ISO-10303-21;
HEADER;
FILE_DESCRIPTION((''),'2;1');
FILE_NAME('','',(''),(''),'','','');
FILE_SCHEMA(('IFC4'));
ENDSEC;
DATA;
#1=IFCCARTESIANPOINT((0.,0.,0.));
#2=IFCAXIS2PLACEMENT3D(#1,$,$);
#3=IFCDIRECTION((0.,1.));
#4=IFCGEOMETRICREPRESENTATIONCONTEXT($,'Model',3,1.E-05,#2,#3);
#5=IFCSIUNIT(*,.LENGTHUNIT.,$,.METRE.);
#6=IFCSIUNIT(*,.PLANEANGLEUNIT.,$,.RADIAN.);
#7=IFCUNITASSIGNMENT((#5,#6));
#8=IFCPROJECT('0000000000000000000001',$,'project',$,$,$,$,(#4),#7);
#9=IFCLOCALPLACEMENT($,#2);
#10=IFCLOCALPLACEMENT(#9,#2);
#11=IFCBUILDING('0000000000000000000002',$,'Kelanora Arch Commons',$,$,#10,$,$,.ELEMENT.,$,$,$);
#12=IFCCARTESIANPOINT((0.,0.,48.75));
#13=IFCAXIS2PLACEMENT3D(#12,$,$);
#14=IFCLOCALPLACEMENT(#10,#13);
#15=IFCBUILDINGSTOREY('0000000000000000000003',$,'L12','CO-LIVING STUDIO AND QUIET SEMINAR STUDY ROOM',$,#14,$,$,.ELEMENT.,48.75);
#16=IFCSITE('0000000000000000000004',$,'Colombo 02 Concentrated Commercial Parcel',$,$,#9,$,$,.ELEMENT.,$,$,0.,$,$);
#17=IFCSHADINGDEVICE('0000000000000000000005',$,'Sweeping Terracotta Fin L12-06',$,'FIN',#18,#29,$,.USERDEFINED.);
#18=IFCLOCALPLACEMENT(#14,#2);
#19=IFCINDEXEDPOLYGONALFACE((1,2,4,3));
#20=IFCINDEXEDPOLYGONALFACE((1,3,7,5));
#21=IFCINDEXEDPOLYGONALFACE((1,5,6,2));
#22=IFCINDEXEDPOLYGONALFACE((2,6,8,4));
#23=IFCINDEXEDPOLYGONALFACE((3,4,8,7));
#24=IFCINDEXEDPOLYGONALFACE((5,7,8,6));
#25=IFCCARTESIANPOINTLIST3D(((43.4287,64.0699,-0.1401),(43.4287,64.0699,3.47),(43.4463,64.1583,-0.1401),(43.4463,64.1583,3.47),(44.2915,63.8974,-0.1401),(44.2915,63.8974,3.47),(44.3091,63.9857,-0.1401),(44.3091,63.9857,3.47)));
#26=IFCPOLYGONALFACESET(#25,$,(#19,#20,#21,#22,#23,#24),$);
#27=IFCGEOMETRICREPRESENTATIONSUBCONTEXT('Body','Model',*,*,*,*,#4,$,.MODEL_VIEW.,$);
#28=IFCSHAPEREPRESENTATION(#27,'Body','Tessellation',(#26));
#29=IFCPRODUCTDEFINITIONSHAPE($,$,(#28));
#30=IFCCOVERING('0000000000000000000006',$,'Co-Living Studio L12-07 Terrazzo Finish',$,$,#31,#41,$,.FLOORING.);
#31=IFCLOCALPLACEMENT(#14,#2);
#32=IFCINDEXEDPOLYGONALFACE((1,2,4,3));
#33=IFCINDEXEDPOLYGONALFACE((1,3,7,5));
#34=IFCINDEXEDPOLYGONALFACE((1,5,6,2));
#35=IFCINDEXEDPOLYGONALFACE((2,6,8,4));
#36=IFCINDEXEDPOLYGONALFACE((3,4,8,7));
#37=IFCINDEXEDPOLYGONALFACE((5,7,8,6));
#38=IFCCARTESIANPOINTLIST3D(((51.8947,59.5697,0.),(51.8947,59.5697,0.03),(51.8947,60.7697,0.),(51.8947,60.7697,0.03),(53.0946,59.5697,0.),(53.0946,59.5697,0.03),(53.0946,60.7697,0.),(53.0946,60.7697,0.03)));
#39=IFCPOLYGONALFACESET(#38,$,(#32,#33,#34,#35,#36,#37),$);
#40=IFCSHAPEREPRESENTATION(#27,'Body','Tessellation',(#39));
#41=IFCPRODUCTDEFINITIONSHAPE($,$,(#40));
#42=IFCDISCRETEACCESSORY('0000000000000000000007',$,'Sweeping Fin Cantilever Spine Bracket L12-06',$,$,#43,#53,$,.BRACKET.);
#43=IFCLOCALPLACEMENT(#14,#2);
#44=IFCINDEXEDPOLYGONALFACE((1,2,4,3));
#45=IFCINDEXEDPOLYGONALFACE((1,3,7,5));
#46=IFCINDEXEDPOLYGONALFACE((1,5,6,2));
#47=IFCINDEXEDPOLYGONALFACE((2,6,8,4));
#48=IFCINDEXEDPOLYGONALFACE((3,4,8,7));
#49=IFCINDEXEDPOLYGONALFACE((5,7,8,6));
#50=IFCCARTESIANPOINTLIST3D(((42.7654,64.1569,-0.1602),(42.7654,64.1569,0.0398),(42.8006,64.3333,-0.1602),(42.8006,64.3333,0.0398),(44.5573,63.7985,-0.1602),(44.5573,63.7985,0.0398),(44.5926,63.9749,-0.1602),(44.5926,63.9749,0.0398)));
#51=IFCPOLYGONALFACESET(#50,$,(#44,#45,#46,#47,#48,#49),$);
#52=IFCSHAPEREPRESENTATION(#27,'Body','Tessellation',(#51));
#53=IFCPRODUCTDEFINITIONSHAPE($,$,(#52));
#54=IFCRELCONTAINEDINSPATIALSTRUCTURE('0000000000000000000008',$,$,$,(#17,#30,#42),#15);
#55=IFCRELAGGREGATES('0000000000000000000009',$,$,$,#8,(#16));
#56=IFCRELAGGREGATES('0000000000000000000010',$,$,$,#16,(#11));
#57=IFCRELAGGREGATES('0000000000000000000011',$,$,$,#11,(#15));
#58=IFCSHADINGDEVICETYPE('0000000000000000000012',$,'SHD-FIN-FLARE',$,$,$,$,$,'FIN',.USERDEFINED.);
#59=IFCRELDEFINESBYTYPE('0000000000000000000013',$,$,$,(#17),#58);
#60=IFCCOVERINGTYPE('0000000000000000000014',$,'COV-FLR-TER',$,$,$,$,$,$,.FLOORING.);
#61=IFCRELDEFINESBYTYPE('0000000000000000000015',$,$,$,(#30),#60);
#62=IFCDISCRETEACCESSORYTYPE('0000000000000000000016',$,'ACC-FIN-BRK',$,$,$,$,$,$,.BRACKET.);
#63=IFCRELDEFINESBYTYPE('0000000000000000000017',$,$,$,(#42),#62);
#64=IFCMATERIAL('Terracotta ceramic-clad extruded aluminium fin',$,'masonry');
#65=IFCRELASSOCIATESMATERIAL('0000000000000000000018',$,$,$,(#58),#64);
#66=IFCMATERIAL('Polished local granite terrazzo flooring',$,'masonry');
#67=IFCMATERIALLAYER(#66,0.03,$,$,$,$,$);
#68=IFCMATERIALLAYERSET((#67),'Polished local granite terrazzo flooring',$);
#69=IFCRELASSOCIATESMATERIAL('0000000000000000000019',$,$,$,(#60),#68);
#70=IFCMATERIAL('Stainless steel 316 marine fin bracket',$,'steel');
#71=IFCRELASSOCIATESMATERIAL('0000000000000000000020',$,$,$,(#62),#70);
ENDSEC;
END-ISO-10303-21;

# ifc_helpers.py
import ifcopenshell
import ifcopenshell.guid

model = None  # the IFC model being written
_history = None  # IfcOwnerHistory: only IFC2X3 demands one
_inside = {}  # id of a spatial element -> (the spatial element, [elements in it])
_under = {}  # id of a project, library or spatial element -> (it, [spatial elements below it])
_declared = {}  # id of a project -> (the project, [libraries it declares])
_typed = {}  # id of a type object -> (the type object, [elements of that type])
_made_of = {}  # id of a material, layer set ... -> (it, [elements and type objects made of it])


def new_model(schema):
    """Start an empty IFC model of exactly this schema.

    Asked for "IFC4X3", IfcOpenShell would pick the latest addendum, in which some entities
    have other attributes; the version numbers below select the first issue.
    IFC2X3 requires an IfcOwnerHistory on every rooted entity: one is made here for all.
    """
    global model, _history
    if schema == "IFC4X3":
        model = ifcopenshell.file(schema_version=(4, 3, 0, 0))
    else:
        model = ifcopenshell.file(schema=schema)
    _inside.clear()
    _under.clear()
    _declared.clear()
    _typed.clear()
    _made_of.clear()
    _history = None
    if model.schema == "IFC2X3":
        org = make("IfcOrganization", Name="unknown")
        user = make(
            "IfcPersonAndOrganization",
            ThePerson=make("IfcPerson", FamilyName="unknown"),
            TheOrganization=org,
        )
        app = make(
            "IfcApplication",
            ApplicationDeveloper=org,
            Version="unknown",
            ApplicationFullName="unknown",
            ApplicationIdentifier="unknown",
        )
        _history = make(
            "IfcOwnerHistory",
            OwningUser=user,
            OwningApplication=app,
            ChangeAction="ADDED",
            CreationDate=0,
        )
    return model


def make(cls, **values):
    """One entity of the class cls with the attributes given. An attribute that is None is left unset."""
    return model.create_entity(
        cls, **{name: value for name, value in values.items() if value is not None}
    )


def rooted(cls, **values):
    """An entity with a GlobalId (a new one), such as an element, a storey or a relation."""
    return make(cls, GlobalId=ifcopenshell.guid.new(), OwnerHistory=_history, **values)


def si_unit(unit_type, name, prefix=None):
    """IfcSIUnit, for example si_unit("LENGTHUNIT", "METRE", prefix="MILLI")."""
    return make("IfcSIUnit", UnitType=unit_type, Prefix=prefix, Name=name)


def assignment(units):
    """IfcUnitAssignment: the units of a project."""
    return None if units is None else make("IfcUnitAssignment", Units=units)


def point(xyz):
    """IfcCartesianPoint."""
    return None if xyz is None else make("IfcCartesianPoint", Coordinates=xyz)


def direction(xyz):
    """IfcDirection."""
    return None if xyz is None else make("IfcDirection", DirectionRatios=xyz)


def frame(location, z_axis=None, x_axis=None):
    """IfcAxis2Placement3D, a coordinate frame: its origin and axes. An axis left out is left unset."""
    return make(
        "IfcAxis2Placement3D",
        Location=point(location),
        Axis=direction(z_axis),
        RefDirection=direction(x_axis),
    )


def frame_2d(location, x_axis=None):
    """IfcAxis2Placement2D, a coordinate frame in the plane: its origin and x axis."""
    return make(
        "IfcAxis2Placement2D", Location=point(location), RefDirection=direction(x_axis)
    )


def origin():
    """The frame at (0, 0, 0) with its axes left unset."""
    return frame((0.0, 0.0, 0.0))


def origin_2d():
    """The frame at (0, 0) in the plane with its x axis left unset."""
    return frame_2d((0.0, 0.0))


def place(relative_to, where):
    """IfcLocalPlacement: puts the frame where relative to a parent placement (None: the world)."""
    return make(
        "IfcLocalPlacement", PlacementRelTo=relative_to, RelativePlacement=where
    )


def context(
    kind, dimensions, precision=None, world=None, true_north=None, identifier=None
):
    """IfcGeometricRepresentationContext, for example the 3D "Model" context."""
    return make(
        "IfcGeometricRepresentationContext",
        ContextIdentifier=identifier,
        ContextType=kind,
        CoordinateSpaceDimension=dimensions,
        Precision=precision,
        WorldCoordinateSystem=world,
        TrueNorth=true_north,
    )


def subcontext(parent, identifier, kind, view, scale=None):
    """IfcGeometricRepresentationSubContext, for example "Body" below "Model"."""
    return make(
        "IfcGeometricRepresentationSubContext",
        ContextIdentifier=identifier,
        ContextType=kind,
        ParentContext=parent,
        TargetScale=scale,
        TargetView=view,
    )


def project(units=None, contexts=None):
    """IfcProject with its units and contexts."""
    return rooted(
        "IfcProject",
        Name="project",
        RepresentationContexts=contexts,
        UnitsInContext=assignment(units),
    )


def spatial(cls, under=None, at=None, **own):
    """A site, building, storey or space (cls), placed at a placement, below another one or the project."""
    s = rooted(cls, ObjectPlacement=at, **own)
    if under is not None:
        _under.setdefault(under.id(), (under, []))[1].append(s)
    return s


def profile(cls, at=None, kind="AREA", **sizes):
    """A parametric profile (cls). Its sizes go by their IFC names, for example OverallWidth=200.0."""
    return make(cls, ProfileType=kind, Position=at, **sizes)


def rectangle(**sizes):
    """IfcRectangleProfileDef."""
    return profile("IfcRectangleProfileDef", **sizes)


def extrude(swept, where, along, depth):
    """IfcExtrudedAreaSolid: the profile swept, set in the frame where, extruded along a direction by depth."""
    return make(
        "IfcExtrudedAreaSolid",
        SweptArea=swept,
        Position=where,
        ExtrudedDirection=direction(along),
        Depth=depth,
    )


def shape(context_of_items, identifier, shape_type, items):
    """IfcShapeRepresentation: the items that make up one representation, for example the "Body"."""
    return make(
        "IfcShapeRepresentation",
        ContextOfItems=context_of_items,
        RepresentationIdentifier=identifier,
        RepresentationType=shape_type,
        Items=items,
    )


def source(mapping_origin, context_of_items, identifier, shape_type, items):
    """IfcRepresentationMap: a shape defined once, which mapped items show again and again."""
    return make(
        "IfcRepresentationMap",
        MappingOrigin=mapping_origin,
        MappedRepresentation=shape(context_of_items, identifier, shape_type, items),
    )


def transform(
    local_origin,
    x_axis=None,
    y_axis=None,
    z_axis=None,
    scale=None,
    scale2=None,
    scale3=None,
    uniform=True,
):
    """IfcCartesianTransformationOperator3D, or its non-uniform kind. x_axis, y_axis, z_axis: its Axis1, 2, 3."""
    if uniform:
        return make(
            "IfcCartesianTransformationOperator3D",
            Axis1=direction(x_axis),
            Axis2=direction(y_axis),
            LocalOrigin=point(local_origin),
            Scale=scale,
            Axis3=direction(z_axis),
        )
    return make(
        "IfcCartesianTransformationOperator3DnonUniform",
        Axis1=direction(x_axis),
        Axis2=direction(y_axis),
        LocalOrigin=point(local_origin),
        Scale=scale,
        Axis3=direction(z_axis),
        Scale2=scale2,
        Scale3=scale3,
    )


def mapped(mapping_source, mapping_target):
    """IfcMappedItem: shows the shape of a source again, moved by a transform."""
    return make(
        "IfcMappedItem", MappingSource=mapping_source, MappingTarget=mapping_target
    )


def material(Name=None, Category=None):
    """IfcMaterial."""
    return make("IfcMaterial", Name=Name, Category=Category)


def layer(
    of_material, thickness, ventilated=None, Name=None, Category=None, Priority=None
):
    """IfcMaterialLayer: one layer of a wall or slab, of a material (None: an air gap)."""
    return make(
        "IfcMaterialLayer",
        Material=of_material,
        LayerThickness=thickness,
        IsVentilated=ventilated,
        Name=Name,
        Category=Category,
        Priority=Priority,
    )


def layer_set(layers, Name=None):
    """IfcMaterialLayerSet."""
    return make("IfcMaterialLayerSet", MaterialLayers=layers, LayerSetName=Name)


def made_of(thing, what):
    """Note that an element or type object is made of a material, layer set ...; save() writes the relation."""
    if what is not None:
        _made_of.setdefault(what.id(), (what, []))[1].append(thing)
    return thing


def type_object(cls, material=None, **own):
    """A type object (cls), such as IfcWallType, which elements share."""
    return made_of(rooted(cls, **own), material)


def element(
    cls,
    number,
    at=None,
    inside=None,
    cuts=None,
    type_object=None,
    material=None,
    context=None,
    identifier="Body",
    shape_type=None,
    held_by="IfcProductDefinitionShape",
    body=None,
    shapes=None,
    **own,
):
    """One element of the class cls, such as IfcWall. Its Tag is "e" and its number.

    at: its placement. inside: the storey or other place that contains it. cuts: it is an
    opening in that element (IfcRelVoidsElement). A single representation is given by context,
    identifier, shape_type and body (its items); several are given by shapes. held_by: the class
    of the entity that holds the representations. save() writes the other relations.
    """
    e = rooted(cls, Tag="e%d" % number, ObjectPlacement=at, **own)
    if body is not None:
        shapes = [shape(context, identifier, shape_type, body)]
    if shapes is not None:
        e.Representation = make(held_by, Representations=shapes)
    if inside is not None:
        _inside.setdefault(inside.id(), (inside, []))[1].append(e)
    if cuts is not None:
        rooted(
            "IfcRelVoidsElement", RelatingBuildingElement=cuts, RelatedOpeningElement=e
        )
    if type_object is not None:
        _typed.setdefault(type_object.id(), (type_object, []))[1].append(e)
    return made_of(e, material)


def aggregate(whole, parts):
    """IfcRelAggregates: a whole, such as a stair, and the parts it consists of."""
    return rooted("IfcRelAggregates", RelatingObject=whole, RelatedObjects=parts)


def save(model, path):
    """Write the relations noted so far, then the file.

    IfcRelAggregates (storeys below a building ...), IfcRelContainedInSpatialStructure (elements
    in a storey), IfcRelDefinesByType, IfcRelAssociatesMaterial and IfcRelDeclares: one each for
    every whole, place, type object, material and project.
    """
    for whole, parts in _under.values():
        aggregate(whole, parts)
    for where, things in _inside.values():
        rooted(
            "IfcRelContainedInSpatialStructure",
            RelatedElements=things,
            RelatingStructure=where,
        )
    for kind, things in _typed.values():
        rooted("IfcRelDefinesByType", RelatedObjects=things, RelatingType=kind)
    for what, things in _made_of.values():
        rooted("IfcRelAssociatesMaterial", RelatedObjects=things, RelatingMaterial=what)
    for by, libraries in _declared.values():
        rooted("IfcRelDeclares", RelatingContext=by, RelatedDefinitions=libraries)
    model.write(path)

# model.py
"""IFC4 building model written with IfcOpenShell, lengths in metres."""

from ifc_helpers import new_model, si_unit, direction, frame, origin, origin_2d, place, context, subcontext, project, spatial, rectangle, extrude, source, transform, mapped, material, layer, layer_set, type_object, element, save


model = new_model("IFC4")

# Units and contexts
model_context = context("Model", 3, precision=1e-05, world=origin(), true_north=direction((0.0, 1.0)))
body_context = subcontext(model_context, "Body", "Model", "MODEL_VIEW")
ifc_project = project(units=[si_unit("LENGTHUNIT", "METRE"), si_unit("PLANEANGLEUNIT", "RADIAN")], contexts=[model_context])

# Site, building, storey
site_placement = place(None, origin())
site = spatial("IfcSite", under=ifc_project, at=site_placement, Name="Colombo 02 Concentrated Commercial Parcel", CompositionType="ELEMENT", RefElevation=0.0)
building_placement = place(site_placement, origin())
building = spatial("IfcBuilding", under=site, at=building_placement, Name="Kelanora Arch Commons", CompositionType="ELEMENT")
storey_placement = place(building_placement, frame((0.0, 0.0, 48.75)))
storey = spatial("IfcBuildingStorey", under=building, at=storey_placement, Name="L12", Description="CO-LIVING STUDIO AND QUIET SEMINAR STUDY ROOM", CompositionType="ELEMENT", Elevation=48.75)

# Shading device
ifc_material_1 = material(Name="Terracotta ceramic-clad extruded aluminium fin", Category="masonry")
shading_device_type = type_object("IfcShadingDeviceType", Name="SHD-FIN-FLARE", ElementType="FIN", PredefinedType="USERDEFINED", material=ifc_material_1)
shared_shape_1 = source(origin(), body_context, "Body", "SweptSolid", [
    extrude(rectangle(XDim=0.8799, YDim=0.0901, at=origin_2d()), origin(), (0.0, 0.0, 1.0), 3.6101),
])
shading_device_placement = place(storey_placement, frame((43.8689, 64.0278, -0.1401), z_axis=(0.0, 0.0, 1.0), x_axis=(-0.98058, 0.196117, 0.0)))
element("IfcShadingDevice", 1, at=shading_device_placement, inside=storey, type_object=shading_device_type, Name="Sweeping Terracotta Fin L12-06", ObjectType="FIN", PredefinedType="USERDEFINED", context=body_context, shape_type="MappedRepresentation", body=[
    mapped(shared_shape_1, transform((0.0, 0.0, 0.0), scale=1.0)),
])

# Covering
ifc_material_2 = material(Name="Polished local granite terrazzo flooring", Category="masonry")
ifc_layer_1 = layer(ifc_material_2, 0.03)
ifc_layer_set_1 = layer_set([ifc_layer_1], Name="Polished local granite terrazzo flooring")
covering_type = type_object("IfcCoveringType", Name="COV-FLR-TER", PredefinedType="FLOORING", material=ifc_layer_set_1)
shared_shape_2 = source(origin(), body_context, "Body", "SweptSolid", [
    extrude(rectangle(XDim=1.2, YDim=1.2, at=origin_2d()), origin(), (0.0, 0.0, 1.0), 0.03),
])
covering_placement = place(storey_placement, frame((52.4946, 60.1697, 0.0), z_axis=(0.0, 0.0, 1.0), x_axis=(1.0, 0.0, 0.0)))
element("IfcCovering", 2, at=covering_placement, inside=storey, type_object=covering_type, Name="Co-Living Studio L12-07 Terrazzo Finish", PredefinedType="FLOORING", context=body_context, shape_type="MappedRepresentation", body=[
    mapped(shared_shape_2, transform((0.0, 0.0, 0.0), scale=1.0)),
])

# Discrete accessory
ifc_material_3 = material(Name="Stainless steel 316 marine fin bracket", Category="steel")
discrete_accessory_type = type_object("IfcDiscreteAccessoryType", Name="ACC-FIN-BRK", PredefinedType="BRACKET", material=ifc_material_3)
shared_shape_3 = source(origin(), body_context, "Body", "SweptSolid", [
    extrude(rectangle(XDim=1.8274, YDim=0.1799, at=origin_2d()), origin(), (0.0, 0.0, 1.0), 0.2),
])
discrete_accessory_placement = place(storey_placement, frame((43.679, 64.0659, -0.1602), z_axis=(0.0, 0.0, 1.0), x_axis=(-0.98058, 0.196117, 0.0)))
element("IfcDiscreteAccessory", 3, at=discrete_accessory_placement, inside=storey, type_object=discrete_accessory_type, Name="Sweeping Fin Cantilever Spine Bracket L12-06", PredefinedType="BRACKET", context=body_context, shape_type="MappedRepresentation", body=[
    mapped(shared_shape_3, transform((0.0, 0.0, 0.0), scale=1.0)),
])

save(model, "model.ifc")
